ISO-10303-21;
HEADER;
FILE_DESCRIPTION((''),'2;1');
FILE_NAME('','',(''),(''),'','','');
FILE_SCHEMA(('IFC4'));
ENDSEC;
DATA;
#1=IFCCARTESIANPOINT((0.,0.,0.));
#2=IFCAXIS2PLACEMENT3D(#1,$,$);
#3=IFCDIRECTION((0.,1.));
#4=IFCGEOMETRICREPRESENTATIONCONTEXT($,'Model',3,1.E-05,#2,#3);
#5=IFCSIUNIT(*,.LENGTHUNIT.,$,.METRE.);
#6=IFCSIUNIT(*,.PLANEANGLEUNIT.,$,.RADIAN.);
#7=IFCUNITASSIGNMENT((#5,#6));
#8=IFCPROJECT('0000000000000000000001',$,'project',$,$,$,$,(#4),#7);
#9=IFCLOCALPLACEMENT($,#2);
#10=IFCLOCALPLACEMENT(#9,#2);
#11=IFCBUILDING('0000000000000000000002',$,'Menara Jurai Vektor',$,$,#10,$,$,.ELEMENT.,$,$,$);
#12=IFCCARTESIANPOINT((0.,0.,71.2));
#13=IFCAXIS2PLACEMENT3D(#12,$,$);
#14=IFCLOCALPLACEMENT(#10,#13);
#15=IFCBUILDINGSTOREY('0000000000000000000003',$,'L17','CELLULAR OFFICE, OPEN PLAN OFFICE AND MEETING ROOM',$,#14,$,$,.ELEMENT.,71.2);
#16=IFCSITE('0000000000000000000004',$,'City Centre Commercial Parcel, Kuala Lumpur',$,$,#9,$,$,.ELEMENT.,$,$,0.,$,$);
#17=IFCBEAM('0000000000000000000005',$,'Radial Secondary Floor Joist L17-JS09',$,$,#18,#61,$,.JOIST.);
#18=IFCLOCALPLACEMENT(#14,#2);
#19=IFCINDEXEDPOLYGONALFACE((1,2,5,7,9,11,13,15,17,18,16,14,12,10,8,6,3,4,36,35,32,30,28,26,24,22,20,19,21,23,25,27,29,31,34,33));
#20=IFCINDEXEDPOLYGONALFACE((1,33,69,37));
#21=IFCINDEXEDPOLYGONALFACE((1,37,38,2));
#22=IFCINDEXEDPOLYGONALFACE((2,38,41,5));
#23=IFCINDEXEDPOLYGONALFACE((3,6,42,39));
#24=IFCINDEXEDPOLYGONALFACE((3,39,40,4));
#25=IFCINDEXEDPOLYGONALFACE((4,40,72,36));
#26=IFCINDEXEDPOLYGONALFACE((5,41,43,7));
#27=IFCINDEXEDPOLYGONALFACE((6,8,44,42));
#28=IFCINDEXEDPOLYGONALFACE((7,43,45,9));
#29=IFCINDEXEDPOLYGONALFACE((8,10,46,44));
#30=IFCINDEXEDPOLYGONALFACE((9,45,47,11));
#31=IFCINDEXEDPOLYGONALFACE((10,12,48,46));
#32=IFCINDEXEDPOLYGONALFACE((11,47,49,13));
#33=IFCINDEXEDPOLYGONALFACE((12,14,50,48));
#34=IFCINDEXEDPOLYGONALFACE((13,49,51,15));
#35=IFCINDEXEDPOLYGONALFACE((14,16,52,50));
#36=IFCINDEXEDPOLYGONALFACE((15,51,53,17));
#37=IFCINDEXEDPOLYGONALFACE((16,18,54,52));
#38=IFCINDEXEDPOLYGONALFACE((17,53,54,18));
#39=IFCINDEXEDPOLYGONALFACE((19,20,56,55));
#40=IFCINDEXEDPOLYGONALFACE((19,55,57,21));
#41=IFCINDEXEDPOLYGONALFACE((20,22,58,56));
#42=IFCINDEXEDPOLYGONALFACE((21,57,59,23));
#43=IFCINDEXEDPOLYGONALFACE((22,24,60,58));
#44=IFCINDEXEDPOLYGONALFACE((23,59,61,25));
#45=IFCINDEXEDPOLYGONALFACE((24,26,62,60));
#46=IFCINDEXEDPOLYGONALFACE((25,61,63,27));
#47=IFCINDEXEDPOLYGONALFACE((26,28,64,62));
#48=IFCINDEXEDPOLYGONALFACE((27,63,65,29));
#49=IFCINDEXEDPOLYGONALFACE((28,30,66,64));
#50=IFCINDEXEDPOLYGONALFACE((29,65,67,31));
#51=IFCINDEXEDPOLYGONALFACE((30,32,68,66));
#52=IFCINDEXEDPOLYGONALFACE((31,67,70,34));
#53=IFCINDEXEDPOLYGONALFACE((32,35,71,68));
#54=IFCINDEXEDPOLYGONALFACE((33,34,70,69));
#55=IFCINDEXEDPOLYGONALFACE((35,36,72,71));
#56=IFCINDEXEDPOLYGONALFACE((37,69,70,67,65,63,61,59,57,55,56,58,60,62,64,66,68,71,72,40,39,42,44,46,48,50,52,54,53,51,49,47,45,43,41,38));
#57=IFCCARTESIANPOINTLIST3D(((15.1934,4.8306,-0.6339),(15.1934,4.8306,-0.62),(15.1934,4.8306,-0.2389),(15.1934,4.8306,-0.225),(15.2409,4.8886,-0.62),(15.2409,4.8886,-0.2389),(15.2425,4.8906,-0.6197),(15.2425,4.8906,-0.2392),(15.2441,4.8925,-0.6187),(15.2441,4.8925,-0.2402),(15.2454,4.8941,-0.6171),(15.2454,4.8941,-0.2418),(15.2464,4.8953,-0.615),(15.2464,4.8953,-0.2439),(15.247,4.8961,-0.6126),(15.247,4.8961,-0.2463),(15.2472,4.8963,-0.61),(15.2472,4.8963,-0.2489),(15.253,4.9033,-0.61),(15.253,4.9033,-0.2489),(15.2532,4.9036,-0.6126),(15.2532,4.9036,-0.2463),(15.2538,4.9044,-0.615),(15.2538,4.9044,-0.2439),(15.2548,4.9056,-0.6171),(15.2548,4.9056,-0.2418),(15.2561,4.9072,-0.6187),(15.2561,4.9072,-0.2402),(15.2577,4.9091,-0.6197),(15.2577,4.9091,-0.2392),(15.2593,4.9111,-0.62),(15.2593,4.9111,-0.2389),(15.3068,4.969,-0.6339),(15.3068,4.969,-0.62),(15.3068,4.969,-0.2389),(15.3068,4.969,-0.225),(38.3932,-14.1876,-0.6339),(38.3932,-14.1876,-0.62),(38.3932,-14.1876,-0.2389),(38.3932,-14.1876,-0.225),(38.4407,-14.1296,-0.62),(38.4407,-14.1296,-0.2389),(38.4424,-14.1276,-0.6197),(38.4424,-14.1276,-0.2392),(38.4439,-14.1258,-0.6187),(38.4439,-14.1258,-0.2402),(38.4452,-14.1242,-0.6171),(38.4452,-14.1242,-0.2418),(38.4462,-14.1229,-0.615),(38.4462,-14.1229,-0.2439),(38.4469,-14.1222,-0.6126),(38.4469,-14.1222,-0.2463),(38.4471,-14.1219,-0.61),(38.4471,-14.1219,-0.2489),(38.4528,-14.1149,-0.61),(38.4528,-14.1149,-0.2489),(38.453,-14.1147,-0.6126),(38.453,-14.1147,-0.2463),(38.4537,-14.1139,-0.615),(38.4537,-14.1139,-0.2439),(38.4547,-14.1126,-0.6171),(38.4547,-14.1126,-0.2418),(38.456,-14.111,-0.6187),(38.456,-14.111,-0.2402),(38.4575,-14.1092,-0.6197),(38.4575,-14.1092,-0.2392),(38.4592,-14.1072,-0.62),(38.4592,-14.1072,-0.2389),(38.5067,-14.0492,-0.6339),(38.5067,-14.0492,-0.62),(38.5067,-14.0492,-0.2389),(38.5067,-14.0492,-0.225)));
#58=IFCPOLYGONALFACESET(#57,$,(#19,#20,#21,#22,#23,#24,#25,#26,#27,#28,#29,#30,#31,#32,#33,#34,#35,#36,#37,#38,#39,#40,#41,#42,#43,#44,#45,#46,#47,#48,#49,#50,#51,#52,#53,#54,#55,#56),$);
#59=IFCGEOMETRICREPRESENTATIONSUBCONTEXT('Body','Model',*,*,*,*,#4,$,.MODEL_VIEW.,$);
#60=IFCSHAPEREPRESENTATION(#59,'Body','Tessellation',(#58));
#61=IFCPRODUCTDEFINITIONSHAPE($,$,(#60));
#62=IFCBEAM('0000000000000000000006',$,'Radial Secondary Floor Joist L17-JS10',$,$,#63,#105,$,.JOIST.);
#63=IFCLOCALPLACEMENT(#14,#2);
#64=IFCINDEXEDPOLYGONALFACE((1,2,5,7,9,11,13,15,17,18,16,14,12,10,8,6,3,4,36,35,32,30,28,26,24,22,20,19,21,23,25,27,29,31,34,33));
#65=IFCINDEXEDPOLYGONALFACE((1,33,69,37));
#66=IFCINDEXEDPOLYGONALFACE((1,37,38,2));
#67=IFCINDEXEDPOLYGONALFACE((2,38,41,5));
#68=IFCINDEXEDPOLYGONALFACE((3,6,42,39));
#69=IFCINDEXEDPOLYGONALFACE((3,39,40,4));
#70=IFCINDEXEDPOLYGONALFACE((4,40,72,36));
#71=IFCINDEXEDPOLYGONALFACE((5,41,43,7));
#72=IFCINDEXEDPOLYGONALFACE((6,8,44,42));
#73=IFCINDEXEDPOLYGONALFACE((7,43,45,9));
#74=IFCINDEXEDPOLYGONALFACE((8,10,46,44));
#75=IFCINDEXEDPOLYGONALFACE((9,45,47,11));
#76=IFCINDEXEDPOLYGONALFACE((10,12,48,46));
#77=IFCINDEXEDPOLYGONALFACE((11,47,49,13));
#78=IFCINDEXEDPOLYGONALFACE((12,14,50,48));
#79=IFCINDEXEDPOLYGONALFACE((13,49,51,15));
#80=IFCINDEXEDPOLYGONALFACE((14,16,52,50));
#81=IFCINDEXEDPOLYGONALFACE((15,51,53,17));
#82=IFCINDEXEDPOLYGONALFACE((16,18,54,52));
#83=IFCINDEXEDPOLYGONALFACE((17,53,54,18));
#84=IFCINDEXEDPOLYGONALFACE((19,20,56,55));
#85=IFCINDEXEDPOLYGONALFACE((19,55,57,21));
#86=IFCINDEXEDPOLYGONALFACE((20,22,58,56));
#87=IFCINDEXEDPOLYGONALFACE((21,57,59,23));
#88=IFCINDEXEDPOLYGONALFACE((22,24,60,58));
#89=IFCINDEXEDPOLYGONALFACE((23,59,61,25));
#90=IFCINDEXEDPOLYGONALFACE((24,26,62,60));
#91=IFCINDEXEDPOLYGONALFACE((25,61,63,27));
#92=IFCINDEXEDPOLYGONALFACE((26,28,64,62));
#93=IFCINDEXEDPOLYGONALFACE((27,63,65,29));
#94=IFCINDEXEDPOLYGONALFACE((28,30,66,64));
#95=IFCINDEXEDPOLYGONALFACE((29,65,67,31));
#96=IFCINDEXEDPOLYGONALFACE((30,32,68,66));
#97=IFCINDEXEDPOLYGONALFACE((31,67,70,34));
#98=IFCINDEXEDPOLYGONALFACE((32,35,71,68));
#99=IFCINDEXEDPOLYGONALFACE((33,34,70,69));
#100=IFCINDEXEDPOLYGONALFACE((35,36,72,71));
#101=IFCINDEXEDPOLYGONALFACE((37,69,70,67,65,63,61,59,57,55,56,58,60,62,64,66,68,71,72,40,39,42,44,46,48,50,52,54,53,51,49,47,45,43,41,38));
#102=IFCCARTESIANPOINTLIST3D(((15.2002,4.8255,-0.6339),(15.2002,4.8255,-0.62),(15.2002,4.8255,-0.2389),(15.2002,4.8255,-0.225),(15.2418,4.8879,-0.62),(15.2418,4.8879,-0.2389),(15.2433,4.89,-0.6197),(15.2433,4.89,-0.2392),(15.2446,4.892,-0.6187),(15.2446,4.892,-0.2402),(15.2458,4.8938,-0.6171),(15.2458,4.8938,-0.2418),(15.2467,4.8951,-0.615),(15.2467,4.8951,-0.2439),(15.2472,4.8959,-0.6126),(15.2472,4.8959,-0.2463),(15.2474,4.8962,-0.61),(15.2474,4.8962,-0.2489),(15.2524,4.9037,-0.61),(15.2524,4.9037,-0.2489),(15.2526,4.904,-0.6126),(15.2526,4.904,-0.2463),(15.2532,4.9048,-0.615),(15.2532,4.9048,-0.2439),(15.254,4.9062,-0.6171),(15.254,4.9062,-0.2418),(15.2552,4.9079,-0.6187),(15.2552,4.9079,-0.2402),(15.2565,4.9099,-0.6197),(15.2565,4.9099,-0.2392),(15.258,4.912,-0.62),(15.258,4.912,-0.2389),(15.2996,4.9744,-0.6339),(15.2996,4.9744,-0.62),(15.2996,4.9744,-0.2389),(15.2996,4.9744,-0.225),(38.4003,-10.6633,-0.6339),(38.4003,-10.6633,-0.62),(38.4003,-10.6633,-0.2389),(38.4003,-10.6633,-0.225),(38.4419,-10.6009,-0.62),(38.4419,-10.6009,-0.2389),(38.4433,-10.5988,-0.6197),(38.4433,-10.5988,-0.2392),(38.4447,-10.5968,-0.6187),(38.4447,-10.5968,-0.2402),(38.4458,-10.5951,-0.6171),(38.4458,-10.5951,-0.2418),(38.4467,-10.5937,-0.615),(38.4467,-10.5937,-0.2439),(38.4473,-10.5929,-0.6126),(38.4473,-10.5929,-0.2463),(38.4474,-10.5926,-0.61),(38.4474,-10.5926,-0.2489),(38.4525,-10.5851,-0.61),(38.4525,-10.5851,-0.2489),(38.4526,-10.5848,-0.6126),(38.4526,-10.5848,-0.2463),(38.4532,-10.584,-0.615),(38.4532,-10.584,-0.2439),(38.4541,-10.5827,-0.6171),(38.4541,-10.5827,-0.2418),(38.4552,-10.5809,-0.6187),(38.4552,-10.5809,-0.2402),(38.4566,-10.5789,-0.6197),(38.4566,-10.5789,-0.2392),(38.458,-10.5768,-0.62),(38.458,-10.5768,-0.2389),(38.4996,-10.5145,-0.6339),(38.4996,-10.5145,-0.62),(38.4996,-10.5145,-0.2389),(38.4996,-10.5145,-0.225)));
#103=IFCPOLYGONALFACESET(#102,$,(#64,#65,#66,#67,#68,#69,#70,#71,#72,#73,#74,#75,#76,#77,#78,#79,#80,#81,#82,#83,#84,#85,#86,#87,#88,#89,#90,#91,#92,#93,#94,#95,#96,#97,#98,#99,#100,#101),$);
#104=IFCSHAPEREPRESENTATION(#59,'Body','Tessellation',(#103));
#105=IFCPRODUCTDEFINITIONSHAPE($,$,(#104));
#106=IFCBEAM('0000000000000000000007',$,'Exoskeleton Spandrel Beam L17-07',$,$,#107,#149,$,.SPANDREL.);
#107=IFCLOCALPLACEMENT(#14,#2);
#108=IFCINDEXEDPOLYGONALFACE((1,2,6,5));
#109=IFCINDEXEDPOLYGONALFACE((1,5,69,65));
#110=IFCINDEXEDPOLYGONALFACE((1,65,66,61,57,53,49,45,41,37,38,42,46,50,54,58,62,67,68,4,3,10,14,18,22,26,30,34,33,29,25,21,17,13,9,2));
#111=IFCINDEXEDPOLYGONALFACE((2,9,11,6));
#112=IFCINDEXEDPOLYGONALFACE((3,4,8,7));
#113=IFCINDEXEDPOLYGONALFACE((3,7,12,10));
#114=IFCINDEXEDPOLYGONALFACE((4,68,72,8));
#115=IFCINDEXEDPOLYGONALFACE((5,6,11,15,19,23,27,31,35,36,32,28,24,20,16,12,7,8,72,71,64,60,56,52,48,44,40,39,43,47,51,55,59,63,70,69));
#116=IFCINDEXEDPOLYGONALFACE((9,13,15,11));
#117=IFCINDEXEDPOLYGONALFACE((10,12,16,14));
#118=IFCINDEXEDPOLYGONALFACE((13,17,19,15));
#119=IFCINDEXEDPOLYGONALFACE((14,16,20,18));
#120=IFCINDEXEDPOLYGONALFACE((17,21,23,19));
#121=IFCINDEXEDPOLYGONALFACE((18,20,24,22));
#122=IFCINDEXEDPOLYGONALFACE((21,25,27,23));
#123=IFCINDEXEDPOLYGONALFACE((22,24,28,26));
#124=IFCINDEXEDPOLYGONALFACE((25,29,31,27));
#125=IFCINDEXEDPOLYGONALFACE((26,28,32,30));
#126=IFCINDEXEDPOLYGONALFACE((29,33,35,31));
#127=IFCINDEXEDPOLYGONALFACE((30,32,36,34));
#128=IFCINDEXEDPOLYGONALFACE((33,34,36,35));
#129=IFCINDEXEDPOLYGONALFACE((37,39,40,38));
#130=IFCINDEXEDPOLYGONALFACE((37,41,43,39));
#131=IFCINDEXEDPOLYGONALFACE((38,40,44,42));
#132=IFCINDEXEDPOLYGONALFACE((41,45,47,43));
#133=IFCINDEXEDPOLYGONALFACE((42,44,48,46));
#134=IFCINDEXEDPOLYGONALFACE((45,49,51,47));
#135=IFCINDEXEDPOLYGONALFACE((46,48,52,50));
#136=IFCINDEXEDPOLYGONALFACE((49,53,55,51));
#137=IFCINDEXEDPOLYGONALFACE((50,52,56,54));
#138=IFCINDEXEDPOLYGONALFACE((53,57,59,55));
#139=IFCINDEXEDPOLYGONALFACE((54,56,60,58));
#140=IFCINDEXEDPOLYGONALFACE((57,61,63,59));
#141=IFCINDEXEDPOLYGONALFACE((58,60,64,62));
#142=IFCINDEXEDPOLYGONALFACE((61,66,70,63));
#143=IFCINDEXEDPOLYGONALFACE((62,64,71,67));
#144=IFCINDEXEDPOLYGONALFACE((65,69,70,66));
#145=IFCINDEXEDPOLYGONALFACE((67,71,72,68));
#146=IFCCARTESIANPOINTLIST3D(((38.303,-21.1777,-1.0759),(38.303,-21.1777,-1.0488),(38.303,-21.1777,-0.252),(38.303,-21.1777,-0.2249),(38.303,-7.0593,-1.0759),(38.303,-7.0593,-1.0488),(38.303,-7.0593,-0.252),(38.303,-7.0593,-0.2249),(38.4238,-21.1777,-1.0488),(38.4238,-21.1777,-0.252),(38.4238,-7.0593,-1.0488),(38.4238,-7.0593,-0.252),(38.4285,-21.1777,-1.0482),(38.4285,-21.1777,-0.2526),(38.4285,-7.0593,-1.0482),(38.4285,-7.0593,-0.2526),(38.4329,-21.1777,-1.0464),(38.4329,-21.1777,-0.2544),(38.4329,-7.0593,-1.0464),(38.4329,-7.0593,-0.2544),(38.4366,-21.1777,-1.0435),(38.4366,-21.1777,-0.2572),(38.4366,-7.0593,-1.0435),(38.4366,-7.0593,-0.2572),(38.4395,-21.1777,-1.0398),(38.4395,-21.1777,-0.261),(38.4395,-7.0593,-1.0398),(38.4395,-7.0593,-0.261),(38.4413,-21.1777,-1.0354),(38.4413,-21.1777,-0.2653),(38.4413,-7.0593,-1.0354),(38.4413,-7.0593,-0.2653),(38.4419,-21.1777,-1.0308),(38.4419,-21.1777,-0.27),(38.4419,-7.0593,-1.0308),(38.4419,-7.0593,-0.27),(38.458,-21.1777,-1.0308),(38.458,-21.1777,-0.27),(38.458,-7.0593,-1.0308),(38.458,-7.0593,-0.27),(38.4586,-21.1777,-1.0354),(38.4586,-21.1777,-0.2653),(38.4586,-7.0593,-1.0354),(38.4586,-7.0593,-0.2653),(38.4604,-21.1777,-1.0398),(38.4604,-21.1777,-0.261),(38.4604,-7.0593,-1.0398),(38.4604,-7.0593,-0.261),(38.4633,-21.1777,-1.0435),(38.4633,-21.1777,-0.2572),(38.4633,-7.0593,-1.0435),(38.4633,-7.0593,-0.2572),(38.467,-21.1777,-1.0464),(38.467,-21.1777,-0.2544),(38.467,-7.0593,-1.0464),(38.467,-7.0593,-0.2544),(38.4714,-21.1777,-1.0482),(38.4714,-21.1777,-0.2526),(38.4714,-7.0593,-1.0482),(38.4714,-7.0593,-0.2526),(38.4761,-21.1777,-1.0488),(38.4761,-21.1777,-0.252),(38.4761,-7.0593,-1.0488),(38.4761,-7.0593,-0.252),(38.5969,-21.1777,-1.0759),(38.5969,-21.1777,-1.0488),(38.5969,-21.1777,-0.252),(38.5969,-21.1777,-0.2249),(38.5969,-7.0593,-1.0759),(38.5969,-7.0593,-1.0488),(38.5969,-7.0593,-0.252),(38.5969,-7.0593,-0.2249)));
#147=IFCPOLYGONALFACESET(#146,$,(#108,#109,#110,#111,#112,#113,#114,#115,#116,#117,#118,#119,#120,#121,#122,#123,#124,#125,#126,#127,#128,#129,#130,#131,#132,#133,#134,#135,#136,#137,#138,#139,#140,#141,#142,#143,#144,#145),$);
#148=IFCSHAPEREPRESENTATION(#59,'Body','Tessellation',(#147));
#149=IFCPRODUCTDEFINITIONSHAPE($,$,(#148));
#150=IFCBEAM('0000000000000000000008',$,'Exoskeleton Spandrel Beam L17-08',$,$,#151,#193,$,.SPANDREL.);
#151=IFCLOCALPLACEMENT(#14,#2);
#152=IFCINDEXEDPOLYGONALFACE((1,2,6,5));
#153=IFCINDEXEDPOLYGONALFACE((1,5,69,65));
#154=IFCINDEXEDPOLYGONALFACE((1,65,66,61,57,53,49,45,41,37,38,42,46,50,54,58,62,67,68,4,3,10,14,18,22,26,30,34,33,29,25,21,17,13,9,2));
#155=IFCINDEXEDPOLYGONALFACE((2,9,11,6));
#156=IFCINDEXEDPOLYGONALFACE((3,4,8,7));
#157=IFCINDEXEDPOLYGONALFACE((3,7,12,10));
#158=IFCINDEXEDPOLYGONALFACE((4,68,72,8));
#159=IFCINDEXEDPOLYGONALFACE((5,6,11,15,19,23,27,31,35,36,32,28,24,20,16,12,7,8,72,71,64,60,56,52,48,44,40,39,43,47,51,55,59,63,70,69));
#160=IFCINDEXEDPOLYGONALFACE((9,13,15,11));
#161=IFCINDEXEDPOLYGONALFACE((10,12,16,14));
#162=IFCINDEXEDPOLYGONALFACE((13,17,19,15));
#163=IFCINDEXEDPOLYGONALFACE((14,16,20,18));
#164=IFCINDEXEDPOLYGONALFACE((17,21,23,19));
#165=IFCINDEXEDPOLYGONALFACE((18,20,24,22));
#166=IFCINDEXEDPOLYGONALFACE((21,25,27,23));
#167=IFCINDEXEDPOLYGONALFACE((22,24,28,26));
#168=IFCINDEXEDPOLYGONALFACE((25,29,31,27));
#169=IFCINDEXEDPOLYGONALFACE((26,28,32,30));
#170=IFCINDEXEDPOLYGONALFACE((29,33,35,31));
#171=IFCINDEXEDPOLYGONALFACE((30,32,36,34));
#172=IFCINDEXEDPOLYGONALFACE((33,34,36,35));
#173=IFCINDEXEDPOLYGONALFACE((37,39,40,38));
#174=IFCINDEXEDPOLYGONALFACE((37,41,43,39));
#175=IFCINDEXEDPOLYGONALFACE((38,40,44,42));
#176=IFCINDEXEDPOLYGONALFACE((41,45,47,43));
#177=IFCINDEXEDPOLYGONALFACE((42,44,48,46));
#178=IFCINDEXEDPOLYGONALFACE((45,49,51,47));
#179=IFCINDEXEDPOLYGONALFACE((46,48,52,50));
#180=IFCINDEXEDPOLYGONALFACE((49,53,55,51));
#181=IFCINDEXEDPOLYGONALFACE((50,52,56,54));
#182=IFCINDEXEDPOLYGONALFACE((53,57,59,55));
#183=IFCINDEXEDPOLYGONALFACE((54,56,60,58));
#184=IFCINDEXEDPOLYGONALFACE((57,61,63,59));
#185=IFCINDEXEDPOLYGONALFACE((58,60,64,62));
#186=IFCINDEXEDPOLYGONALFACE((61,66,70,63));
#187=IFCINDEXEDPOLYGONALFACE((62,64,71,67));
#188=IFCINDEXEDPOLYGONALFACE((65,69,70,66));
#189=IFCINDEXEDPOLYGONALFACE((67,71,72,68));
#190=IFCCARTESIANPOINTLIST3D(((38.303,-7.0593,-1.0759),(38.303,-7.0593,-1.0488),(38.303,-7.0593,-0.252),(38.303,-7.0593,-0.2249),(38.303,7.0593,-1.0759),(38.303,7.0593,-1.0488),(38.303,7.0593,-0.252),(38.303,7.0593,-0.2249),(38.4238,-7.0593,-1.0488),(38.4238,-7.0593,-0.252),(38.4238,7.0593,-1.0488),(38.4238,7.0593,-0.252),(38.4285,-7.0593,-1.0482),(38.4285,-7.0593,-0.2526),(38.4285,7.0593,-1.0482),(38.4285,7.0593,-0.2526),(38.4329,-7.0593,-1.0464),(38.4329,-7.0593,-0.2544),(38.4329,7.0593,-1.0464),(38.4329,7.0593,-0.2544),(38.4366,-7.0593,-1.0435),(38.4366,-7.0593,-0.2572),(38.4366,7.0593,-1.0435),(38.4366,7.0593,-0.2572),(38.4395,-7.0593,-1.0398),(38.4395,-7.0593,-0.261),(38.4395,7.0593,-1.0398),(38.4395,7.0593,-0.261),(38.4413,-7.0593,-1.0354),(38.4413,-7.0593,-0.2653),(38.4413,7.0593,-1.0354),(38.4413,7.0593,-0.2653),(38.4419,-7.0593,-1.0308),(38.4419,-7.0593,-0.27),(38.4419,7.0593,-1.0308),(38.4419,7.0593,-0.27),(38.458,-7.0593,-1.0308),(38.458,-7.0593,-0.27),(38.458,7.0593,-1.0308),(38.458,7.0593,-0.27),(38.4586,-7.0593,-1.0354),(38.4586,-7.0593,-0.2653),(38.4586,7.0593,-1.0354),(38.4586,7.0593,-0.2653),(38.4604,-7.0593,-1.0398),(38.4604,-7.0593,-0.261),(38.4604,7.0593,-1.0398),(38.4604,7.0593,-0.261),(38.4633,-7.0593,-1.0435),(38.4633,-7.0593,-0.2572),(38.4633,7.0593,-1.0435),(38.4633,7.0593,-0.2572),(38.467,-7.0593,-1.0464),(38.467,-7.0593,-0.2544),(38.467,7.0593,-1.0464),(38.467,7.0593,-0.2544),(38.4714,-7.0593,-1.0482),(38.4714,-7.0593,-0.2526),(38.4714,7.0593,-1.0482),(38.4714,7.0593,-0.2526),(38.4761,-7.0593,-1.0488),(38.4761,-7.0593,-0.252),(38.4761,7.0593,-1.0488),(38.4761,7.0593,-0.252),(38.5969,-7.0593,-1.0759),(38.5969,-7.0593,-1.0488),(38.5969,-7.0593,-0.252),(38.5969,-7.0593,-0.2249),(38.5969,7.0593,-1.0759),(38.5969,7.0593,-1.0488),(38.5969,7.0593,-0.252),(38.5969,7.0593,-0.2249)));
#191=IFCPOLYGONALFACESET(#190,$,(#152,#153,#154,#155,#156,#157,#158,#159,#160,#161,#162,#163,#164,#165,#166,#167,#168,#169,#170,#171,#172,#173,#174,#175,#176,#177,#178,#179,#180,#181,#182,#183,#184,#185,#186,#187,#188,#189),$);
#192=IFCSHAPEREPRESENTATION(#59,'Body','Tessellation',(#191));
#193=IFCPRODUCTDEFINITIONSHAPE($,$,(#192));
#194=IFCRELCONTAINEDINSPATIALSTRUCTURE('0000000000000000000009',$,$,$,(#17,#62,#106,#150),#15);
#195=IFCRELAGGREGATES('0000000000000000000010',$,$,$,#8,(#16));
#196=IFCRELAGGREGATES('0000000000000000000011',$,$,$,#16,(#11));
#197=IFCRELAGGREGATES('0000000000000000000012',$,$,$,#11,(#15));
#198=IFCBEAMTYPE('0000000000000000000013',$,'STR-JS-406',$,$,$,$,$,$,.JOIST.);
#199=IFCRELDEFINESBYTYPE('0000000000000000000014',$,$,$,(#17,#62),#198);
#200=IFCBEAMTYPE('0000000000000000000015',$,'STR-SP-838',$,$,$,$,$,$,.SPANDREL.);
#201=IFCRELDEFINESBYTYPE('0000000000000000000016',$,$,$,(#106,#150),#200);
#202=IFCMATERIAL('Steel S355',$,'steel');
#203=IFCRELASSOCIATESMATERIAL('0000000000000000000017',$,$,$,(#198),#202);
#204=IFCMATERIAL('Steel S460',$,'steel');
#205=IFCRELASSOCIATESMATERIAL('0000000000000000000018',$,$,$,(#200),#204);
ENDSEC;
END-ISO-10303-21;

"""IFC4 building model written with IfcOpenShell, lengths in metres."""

from ifc_helpers import new_model, si_unit, direction, frame, origin, origin_2d, place, context, subcontext, project, spatial, i_section, extrude, material, material_profile, profile_set, type_object, element, save


model = new_model("IFC4")

# Units and contexts
model_context = context("Model", 3, precision=1e-05, world=origin(), true_north=direction((0.0, 1.0)))
body_context = subcontext(model_context, "Body", "Model", "MODEL_VIEW")
ifc_project = project(units=[si_unit("LENGTHUNIT", "METRE"), si_unit("PLANEANGLEUNIT", "RADIAN")], contexts=[model_context])

# Site, building, storey
site_placement = place(None, origin())
site = spatial("IfcSite", under=ifc_project, at=site_placement, Name="City Centre Commercial Parcel, Kuala Lumpur", CompositionType="ELEMENT", RefElevation=0.0)
building_placement = place(site_placement, origin())
building = spatial("IfcBuilding", under=site, at=building_placement, Name="Menara Jurai Vektor", CompositionType="ELEMENT")
storey_placement = place(building_placement, frame((0.0, 0.0, 71.2)))
storey = spatial("IfcBuildingStorey", under=building, at=storey_placement, Name="L17", Description="CELLULAR OFFICE, OPEN PLAN OFFICE AND MEETING ROOM", CompositionType="ELEMENT", Elevation=71.2)

# Shared definitions
ifc_material_1 = material(Name="Steel S460", Category="steel")

# Beams
ifc_material_2 = material(Name="Steel S355", Category="steel")
ifc_material_profile_1 = material_profile(ifc_material_2, i_section(OverallWidth=0.179, OverallDepth=0.4089, WebThickness=0.009, FlangeThickness=0.0139, FilletRadius=0.01, at=origin_2d()), Name="UKB 406x178x67")
ifc_profile_set_1 = profile_set([ifc_material_profile_1], Name="Steel S355")
beam_type_1 = type_object("IfcBeamType", Name="STR-JS-406", PredefinedType="JOIST", material=ifc_profile_set_1)
beam_1_placement = place(storey_placement, frame((38.45, -14.1184, -0.4294), z_axis=(-0.77336, 0.633967, 0.0), x_axis=(-0.633967, -0.77336, 0.0)))
element("IfcBeam", 1, at=beam_1_placement, inside=storey, type_object=beam_type_1, Name="Radial Secondary Floor Joist L17-JS09", PredefinedType="JOIST", context=body_context, shape_type="SweptSolid", body=[
    extrude(i_section(OverallWidth=0.179, OverallDepth=0.4089, WebThickness=0.009, FlangeThickness=0.0139, FilletRadius=0.01, at=origin_2d()), origin(), (0.0, 0.0, 1.0), 29.9988),
])
beam_2_placement = place(storey_placement, frame((38.45, -10.5889, -0.4294), z_axis=(-0.831684, 0.555249, 0.0), x_axis=(-0.555249, -0.831684, 0.0)))
element("IfcBeam", 2, at=beam_2_placement, inside=storey, type_object=beam_type_1, Name="Radial Secondary Floor Joist L17-JS10", PredefinedType="JOIST", context=body_context, shape_type="SweptSolid", body=[
    extrude(i_section(OverallWidth=0.179, OverallDepth=0.4089, WebThickness=0.009, FlangeThickness=0.0139, FilletRadius=0.01, at=origin_2d()), origin(), (0.0, 0.0, 1.0), 27.8953),
])
ifc_material_profile_2 = material_profile(ifc_material_1, i_section(OverallWidth=0.2939, OverallDepth=0.8511, WebThickness=0.0161, FlangeThickness=0.0271, FilletRadius=0.0181, at=origin_2d()), Name="UKB 838x292x226")
ifc_profile_set_2 = profile_set([ifc_material_profile_2], Name="Steel S460")
beam_type_2 = type_object("IfcBeamType", Name="STR-SP-838", PredefinedType="SPANDREL", material=ifc_profile_set_2)
beam_3_placement = place(storey_placement, frame((38.45, -21.1777, -0.6504), z_axis=(0.0, 1.0, 0.0), x_axis=(-1.0, 0.0, 0.0)))
element("IfcBeam", 3, at=beam_3_placement, inside=storey, type_object=beam_type_2, Name="Exoskeleton Spandrel Beam L17-07", PredefinedType="SPANDREL", context=body_context, shape_type="SweptSolid", body=[
    extrude(i_section(OverallWidth=0.2939, OverallDepth=0.8511, WebThickness=0.0161, FlangeThickness=0.0271, FilletRadius=0.0181, at=origin_2d()), origin(), (0.0, 0.0, 1.0), 14.1184),
])
beam_4_placement = place(storey_placement, frame((38.45, -7.0593, -0.6504), z_axis=(0.0, 1.0, 0.0), x_axis=(-1.0, 0.0, 0.0)))
element("IfcBeam", 4, at=beam_4_placement, inside=storey, type_object=beam_type_2, Name="Exoskeleton Spandrel Beam L17-08", PredefinedType="SPANDREL", context=body_context, shape_type="SweptSolid", body=[
    extrude(i_section(OverallWidth=0.2939, OverallDepth=0.8511, WebThickness=0.0161, FlangeThickness=0.0271, FilletRadius=0.0181, at=origin_2d()), origin(), (0.0, 0.0, 1.0), 14.1187),
])

save(model, "model.ifc")
